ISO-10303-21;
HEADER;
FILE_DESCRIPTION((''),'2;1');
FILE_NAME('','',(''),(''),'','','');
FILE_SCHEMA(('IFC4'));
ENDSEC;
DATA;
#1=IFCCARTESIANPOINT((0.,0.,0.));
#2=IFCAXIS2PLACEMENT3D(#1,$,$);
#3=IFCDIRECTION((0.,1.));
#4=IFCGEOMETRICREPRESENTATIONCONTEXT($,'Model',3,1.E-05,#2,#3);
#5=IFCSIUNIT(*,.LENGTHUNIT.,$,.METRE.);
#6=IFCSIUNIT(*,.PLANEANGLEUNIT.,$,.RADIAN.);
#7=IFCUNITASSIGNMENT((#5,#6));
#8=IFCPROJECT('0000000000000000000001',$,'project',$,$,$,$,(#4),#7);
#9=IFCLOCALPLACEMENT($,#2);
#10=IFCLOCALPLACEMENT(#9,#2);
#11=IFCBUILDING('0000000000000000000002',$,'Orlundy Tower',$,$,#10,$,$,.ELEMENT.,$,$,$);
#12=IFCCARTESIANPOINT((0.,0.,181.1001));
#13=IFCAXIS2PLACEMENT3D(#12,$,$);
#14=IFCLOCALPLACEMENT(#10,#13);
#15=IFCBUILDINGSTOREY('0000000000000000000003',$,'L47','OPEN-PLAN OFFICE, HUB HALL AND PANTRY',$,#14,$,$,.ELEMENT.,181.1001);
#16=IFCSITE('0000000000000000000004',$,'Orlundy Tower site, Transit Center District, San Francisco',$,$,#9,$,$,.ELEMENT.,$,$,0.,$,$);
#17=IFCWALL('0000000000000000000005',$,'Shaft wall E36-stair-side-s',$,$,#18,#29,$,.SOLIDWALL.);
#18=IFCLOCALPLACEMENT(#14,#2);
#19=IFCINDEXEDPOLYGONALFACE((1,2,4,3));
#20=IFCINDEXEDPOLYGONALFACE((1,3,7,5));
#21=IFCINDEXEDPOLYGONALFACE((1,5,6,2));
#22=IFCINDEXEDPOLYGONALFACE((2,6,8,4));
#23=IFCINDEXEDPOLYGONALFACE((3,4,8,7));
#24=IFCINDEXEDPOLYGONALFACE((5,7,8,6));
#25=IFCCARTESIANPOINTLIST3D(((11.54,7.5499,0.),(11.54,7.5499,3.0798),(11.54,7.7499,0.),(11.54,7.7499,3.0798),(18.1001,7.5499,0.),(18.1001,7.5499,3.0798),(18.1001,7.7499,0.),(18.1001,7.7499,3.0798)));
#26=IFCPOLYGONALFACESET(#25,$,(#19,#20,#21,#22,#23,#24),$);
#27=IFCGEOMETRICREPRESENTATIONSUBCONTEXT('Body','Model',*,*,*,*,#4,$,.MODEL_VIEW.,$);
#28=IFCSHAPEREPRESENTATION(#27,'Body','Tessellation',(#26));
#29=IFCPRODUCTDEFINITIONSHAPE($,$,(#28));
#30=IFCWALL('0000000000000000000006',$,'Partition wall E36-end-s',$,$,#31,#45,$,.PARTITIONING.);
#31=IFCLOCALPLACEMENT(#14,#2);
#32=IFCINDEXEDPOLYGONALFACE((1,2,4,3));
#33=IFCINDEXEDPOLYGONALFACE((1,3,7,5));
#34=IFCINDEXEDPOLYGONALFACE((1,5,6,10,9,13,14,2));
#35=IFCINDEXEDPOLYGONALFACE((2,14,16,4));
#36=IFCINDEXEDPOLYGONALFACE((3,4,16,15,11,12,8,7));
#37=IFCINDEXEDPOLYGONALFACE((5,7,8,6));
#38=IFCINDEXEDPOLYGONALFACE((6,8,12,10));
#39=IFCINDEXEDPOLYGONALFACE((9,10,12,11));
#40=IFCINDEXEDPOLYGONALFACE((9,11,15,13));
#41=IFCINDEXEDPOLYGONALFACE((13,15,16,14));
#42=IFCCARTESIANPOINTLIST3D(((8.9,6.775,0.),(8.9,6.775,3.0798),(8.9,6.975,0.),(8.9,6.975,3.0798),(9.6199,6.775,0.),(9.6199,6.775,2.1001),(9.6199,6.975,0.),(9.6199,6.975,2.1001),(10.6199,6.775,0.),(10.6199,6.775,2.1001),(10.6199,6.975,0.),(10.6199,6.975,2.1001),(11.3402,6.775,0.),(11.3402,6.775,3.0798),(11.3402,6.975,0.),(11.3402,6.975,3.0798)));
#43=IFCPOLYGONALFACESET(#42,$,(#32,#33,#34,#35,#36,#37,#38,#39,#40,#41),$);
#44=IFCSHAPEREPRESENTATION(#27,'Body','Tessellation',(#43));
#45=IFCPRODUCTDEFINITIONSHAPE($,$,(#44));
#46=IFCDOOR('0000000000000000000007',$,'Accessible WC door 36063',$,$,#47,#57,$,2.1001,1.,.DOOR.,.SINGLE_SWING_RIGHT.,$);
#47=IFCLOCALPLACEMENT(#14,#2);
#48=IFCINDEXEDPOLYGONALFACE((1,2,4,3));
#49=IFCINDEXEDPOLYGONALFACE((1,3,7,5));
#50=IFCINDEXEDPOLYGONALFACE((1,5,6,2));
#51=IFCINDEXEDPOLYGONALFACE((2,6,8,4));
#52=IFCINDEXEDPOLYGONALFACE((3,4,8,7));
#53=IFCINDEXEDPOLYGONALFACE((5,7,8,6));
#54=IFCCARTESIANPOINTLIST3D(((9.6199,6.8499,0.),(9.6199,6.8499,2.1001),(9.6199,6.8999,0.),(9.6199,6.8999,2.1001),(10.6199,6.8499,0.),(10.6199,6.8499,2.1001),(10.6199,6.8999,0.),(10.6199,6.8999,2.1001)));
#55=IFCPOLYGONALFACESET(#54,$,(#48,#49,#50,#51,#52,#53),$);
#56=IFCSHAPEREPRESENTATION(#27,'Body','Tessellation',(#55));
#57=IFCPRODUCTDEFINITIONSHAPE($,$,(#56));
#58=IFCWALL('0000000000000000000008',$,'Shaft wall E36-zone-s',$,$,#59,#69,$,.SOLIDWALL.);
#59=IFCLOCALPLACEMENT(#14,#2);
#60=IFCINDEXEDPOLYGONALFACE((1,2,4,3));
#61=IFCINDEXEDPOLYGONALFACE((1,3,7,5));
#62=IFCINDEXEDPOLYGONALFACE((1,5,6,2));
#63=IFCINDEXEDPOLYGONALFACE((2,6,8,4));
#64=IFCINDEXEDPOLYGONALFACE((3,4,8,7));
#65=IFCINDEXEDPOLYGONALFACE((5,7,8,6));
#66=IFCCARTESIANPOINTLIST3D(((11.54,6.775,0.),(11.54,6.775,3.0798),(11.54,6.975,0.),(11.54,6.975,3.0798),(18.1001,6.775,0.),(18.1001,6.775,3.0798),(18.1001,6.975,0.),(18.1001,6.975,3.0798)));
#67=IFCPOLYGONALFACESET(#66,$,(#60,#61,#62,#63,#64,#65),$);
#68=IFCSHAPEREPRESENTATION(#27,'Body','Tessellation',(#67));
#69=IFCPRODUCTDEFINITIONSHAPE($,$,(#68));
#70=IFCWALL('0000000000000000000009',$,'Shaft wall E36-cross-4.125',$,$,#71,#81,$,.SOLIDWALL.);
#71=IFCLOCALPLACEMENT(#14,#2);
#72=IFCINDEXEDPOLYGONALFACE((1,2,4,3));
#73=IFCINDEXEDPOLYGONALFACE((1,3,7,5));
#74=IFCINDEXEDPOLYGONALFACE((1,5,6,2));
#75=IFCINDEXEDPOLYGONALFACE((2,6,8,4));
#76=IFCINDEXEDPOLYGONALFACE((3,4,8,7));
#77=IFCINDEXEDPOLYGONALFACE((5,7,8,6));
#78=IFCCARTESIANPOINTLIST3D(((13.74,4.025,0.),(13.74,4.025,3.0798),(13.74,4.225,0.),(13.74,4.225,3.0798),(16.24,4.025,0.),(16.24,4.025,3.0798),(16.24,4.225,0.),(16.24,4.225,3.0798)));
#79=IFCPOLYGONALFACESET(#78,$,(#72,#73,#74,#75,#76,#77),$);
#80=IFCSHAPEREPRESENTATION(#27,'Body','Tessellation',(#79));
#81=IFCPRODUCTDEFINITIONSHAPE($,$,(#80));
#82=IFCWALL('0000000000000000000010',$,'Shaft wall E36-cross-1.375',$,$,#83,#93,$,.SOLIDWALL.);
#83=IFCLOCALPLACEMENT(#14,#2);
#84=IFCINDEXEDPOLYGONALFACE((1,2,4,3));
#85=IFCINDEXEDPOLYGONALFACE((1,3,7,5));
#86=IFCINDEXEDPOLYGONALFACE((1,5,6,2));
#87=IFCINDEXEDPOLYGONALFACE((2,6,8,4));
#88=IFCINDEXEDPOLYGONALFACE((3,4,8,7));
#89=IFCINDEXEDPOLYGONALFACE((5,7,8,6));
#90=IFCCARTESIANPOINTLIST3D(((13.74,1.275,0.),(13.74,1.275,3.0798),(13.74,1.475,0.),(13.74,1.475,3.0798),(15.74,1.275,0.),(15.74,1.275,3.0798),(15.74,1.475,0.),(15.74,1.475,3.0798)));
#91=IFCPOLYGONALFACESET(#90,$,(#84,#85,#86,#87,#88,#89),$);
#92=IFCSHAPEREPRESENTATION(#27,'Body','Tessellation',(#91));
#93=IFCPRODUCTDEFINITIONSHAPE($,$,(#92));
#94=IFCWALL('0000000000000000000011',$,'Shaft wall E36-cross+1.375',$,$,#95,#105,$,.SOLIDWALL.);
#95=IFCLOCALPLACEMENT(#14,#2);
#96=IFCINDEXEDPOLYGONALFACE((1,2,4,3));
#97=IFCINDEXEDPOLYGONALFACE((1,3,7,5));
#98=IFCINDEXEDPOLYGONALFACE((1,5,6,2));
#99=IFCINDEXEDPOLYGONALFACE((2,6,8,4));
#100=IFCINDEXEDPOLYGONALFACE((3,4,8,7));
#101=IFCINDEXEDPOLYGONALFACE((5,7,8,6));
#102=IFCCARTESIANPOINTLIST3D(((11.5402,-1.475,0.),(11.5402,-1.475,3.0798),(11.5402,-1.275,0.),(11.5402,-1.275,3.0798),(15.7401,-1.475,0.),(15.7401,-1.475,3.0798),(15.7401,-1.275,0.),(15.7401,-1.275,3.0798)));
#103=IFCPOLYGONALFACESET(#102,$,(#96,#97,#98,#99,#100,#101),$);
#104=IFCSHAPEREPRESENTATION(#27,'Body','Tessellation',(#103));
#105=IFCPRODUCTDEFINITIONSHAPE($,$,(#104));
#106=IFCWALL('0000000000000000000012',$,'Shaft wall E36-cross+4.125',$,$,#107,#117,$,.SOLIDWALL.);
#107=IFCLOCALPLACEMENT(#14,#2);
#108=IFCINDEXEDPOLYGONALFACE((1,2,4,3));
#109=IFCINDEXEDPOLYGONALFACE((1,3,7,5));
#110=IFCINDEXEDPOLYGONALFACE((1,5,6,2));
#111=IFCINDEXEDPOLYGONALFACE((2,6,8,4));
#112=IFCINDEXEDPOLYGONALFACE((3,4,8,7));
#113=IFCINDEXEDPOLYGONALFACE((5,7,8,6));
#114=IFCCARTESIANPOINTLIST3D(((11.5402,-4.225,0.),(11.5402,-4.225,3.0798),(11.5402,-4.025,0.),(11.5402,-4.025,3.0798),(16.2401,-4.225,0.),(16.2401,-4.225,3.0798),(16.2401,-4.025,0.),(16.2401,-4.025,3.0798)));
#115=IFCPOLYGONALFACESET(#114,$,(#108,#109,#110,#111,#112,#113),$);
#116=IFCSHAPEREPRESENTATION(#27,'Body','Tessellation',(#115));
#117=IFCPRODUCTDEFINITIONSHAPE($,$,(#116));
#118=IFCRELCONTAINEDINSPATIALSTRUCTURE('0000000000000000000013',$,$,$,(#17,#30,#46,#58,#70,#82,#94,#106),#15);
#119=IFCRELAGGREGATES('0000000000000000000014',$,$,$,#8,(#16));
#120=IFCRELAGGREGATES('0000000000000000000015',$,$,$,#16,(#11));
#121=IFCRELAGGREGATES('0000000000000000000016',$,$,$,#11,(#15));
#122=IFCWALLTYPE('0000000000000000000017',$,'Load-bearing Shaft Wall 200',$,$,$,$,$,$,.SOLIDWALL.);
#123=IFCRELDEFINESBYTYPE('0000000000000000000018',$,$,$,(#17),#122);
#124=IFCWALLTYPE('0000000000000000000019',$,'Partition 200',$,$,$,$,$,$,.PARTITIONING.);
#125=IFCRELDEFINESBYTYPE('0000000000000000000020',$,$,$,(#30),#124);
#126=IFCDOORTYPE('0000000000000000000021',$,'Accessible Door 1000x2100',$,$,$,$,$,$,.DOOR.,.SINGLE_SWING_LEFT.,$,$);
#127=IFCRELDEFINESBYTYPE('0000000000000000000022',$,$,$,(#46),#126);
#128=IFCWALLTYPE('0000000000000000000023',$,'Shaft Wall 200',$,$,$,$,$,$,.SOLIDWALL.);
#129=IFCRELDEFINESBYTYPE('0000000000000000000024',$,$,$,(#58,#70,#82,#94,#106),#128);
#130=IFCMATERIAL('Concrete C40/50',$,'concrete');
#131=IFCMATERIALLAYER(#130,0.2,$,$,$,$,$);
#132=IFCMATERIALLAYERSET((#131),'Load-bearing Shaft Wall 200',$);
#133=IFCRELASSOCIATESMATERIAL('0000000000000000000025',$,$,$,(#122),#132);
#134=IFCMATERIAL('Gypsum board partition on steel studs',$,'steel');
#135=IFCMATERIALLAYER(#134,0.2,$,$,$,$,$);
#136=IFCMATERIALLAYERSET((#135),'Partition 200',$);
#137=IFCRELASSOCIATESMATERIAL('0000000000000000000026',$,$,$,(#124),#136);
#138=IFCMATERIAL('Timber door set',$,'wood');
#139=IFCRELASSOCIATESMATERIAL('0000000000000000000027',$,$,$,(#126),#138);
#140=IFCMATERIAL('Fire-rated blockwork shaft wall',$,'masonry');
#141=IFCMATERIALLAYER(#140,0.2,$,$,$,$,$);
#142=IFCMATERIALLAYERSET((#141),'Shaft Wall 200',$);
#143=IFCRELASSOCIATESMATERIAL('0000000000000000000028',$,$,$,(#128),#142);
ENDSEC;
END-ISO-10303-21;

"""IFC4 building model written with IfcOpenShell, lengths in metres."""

from ifc_helpers import new_model, si_unit, direction, frame, frame_2d, origin, place, context, subcontext, project, spatial, rectangle, extrude, material, layer, layer_set, type_object, element, fill, save


model = new_model("IFC4")

# Units and contexts
model_context = context("Model", 3, precision=1e-05, world=origin(), true_north=direction((0.0, 1.0)))
body_context = subcontext(model_context, "Body", "Model", "MODEL_VIEW")
ifc_project = project(units=[si_unit("LENGTHUNIT", "METRE"), si_unit("PLANEANGLEUNIT", "RADIAN")], contexts=[model_context])

# Site, building, storey
site_placement = place(None, origin())
site = spatial("IfcSite", under=ifc_project, at=site_placement, Name="Orlundy Tower site, Transit Center District, San Francisco", CompositionType="ELEMENT", RefElevation=0.0)
building_placement = place(site_placement, origin())
building = spatial("IfcBuilding", under=site, at=building_placement, Name="Orlundy Tower", CompositionType="ELEMENT")
storey_placement = place(building_placement, frame((0.0, 0.0, 181.1001)))
storey = spatial("IfcBuildingStorey", under=building, at=storey_placement, Name="L47", Description="OPEN-PLAN OFFICE, HUB HALL AND PANTRY", CompositionType="ELEMENT", Elevation=181.1001)

# Wall
ifc_material_1 = material(Name="Concrete C40/50", Category="concrete")
ifc_layer_1 = layer(ifc_material_1, 0.2)
ifc_layer_set_1 = layer_set([ifc_layer_1], Name="Load-bearing Shaft Wall 200")
wall_type_1 = type_object("IfcWallType", Name="Load-bearing Shaft Wall 200", PredefinedType="SOLIDWALL", material=ifc_layer_set_1)
wall_1_placement = place(storey_placement, frame((11.54, 7.6499, 0.0), z_axis=(0.0, 0.0, 1.0), x_axis=(1.0, 0.0, 0.0)))
element("IfcWall", 1, at=wall_1_placement, inside=storey, type_object=wall_type_1, Name="Shaft wall E36-stair-side-s", PredefinedType="SOLIDWALL", context=body_context, shape_type="SweptSolid", body=[
    extrude(rectangle(XDim=6.5601, YDim=0.2, at=frame_2d((3.28, 0.0))), origin(), (0.0, 0.0, 1.0), 3.0798),
])

# Wall, opening, door
ifc_material_2 = material(Name="Gypsum board partition on steel studs", Category="steel")
ifc_layer_2 = layer(ifc_material_2, 0.2)
ifc_layer_set_2 = layer_set([ifc_layer_2], Name="Partition 200")
wall_type_2 = type_object("IfcWallType", Name="Partition 200", PredefinedType="PARTITIONING", material=ifc_layer_set_2)
wall_2_placement = place(storey_placement, frame((8.8999, 6.875, 0.0), z_axis=(0.0, 0.0, 1.0), x_axis=(1.0, 0.0, 0.0)))
wall_2 = element("IfcWall", 2, at=wall_2_placement, inside=storey, type_object=wall_type_2, Name="Partition wall E36-end-s", PredefinedType="PARTITIONING", context=body_context, shape_type="SweptSolid", body=[
    extrude(rectangle(XDim=2.4402, YDim=0.2, at=frame_2d((1.2202, 0.0))), origin(), (0.0, 0.0, 1.0), 3.0798),
])
opening_1_placement = place(wall_2_placement, frame((0.72, 0.0, 0.0)))
opening_1 = element("IfcOpeningElement", 3, at=opening_1_placement, cuts=wall_2, PredefinedType="OPENING", context=body_context, shape_type="SweptSolid", body=[
    extrude(rectangle(XDim=1.0, YDim=2.1001, at=frame_2d((0.5, 1.05))), frame((0.0, 0.1101, 0.0), z_axis=(0.0, -1.0, 0.0), x_axis=(1.0, 0.0, 0.0)), (0.0, 0.0, 1.0), 0.2202),
])
ifc_material_3 = material(Name="Timber door set", Category="wood")
door_type_1 = type_object("IfcDoorType", Name="Accessible Door 1000x2100", OperationType="SINGLE_SWING_LEFT", PredefinedType="DOOR", material=ifc_material_3)
door_1_placement = place(opening_1_placement, origin())
door_1 = element("IfcDoor", 4, at=door_1_placement, inside=storey, type_object=door_type_1, Name="Accessible WC door 36063", OperationType="SINGLE_SWING_RIGHT", OverallHeight=2.1001, OverallWidth=1.0, PredefinedType="DOOR", context=body_context, shape_type="SweptSolid", body=[
    extrude(rectangle(XDim=1.0, YDim=2.1001, at=frame_2d((0.5, 1.05))), frame((0.0, 0.0249, 0.0), z_axis=(0.0, -1.0, 0.0), x_axis=(1.0, 0.0, 0.0)), (0.0, 0.0, 1.0), 0.05),
])
fill(opening_1, door_1)

# Walls
ifc_material_4 = material(Name="Fire-rated blockwork shaft wall", Category="masonry")
ifc_layer_3 = layer(ifc_material_4, 0.2)
ifc_layer_set_3 = layer_set([ifc_layer_3], Name="Shaft Wall 200")
wall_type_3 = type_object("IfcWallType", Name="Shaft Wall 200", PredefinedType="SOLIDWALL", material=ifc_layer_set_3)
wall_3_placement = place(storey_placement, frame((11.54, 6.875, 0.0), z_axis=(0.0, 0.0, 1.0), x_axis=(1.0, 0.0, 0.0)))
element("IfcWall", 5, at=wall_3_placement, inside=storey, type_object=wall_type_3, Name="Shaft wall E36-zone-s", PredefinedType="SOLIDWALL", context=body_context, shape_type="SweptSolid", body=[
    extrude(rectangle(XDim=6.5601, YDim=0.2, at=frame_2d((3.28, 0.0))), origin(), (0.0, 0.0, 1.0), 3.0798),
])
wall_4_placement = place(storey_placement, frame((13.74, 4.125, 0.0), z_axis=(0.0, 0.0, 1.0), x_axis=(1.0, 0.0, 0.0)))
element("IfcWall", 6, at=wall_4_placement, inside=storey, type_object=wall_type_3, Name="Shaft wall E36-cross-4.125", PredefinedType="SOLIDWALL", context=body_context, shape_type="SweptSolid", body=[
    extrude(rectangle(XDim=2.5, YDim=0.2, at=frame_2d((1.25, 0.0))), origin(), (0.0, 0.0, 1.0), 3.0798),
])
wall_5_placement = place(storey_placement, frame((13.74, 1.375, 0.0), z_axis=(0.0, 0.0, 1.0), x_axis=(1.0, 0.0, 0.0)))
element("IfcWall", 7, at=wall_5_placement, inside=storey, type_object=wall_type_3, Name="Shaft wall E36-cross-1.375", PredefinedType="SOLIDWALL", context=body_context, shape_type="SweptSolid", body=[
    extrude(rectangle(XDim=2.0, YDim=0.2, at=frame_2d((1.0, 0.0))), origin(), (0.0, 0.0, 1.0), 3.0798),
])
wall_6_placement = place(storey_placement, frame((11.54, -1.375, 0.0), z_axis=(0.0, 0.0, 1.0), x_axis=(1.0, 0.0, 0.0)))
element("IfcWall", 8, at=wall_6_placement, inside=storey, type_object=wall_type_3, Name="Shaft wall E36-cross+1.375", PredefinedType="SOLIDWALL", context=body_context, shape_type="SweptSolid", body=[
    extrude(rectangle(XDim=4.2, YDim=0.2, at=frame_2d((2.1001, 0.0))), origin(), (0.0, 0.0, 1.0), 3.0798),
])
wall_7_placement = place(storey_placement, frame((11.54, -4.125, 0.0), z_axis=(0.0, 0.0, 1.0), x_axis=(1.0, 0.0, 0.0)))
element("IfcWall", 9, at=wall_7_placement, inside=storey, type_object=wall_type_3, Name="Shaft wall E36-cross+4.125", PredefinedType="SOLIDWALL", context=body_context, shape_type="SweptSolid", body=[
    extrude(rectangle(XDim=4.7, YDim=0.2, at=frame_2d((2.3501, 0.0))), origin(), (0.0, 0.0, 1.0), 3.0798),
])

save(model, "model.ifc")
